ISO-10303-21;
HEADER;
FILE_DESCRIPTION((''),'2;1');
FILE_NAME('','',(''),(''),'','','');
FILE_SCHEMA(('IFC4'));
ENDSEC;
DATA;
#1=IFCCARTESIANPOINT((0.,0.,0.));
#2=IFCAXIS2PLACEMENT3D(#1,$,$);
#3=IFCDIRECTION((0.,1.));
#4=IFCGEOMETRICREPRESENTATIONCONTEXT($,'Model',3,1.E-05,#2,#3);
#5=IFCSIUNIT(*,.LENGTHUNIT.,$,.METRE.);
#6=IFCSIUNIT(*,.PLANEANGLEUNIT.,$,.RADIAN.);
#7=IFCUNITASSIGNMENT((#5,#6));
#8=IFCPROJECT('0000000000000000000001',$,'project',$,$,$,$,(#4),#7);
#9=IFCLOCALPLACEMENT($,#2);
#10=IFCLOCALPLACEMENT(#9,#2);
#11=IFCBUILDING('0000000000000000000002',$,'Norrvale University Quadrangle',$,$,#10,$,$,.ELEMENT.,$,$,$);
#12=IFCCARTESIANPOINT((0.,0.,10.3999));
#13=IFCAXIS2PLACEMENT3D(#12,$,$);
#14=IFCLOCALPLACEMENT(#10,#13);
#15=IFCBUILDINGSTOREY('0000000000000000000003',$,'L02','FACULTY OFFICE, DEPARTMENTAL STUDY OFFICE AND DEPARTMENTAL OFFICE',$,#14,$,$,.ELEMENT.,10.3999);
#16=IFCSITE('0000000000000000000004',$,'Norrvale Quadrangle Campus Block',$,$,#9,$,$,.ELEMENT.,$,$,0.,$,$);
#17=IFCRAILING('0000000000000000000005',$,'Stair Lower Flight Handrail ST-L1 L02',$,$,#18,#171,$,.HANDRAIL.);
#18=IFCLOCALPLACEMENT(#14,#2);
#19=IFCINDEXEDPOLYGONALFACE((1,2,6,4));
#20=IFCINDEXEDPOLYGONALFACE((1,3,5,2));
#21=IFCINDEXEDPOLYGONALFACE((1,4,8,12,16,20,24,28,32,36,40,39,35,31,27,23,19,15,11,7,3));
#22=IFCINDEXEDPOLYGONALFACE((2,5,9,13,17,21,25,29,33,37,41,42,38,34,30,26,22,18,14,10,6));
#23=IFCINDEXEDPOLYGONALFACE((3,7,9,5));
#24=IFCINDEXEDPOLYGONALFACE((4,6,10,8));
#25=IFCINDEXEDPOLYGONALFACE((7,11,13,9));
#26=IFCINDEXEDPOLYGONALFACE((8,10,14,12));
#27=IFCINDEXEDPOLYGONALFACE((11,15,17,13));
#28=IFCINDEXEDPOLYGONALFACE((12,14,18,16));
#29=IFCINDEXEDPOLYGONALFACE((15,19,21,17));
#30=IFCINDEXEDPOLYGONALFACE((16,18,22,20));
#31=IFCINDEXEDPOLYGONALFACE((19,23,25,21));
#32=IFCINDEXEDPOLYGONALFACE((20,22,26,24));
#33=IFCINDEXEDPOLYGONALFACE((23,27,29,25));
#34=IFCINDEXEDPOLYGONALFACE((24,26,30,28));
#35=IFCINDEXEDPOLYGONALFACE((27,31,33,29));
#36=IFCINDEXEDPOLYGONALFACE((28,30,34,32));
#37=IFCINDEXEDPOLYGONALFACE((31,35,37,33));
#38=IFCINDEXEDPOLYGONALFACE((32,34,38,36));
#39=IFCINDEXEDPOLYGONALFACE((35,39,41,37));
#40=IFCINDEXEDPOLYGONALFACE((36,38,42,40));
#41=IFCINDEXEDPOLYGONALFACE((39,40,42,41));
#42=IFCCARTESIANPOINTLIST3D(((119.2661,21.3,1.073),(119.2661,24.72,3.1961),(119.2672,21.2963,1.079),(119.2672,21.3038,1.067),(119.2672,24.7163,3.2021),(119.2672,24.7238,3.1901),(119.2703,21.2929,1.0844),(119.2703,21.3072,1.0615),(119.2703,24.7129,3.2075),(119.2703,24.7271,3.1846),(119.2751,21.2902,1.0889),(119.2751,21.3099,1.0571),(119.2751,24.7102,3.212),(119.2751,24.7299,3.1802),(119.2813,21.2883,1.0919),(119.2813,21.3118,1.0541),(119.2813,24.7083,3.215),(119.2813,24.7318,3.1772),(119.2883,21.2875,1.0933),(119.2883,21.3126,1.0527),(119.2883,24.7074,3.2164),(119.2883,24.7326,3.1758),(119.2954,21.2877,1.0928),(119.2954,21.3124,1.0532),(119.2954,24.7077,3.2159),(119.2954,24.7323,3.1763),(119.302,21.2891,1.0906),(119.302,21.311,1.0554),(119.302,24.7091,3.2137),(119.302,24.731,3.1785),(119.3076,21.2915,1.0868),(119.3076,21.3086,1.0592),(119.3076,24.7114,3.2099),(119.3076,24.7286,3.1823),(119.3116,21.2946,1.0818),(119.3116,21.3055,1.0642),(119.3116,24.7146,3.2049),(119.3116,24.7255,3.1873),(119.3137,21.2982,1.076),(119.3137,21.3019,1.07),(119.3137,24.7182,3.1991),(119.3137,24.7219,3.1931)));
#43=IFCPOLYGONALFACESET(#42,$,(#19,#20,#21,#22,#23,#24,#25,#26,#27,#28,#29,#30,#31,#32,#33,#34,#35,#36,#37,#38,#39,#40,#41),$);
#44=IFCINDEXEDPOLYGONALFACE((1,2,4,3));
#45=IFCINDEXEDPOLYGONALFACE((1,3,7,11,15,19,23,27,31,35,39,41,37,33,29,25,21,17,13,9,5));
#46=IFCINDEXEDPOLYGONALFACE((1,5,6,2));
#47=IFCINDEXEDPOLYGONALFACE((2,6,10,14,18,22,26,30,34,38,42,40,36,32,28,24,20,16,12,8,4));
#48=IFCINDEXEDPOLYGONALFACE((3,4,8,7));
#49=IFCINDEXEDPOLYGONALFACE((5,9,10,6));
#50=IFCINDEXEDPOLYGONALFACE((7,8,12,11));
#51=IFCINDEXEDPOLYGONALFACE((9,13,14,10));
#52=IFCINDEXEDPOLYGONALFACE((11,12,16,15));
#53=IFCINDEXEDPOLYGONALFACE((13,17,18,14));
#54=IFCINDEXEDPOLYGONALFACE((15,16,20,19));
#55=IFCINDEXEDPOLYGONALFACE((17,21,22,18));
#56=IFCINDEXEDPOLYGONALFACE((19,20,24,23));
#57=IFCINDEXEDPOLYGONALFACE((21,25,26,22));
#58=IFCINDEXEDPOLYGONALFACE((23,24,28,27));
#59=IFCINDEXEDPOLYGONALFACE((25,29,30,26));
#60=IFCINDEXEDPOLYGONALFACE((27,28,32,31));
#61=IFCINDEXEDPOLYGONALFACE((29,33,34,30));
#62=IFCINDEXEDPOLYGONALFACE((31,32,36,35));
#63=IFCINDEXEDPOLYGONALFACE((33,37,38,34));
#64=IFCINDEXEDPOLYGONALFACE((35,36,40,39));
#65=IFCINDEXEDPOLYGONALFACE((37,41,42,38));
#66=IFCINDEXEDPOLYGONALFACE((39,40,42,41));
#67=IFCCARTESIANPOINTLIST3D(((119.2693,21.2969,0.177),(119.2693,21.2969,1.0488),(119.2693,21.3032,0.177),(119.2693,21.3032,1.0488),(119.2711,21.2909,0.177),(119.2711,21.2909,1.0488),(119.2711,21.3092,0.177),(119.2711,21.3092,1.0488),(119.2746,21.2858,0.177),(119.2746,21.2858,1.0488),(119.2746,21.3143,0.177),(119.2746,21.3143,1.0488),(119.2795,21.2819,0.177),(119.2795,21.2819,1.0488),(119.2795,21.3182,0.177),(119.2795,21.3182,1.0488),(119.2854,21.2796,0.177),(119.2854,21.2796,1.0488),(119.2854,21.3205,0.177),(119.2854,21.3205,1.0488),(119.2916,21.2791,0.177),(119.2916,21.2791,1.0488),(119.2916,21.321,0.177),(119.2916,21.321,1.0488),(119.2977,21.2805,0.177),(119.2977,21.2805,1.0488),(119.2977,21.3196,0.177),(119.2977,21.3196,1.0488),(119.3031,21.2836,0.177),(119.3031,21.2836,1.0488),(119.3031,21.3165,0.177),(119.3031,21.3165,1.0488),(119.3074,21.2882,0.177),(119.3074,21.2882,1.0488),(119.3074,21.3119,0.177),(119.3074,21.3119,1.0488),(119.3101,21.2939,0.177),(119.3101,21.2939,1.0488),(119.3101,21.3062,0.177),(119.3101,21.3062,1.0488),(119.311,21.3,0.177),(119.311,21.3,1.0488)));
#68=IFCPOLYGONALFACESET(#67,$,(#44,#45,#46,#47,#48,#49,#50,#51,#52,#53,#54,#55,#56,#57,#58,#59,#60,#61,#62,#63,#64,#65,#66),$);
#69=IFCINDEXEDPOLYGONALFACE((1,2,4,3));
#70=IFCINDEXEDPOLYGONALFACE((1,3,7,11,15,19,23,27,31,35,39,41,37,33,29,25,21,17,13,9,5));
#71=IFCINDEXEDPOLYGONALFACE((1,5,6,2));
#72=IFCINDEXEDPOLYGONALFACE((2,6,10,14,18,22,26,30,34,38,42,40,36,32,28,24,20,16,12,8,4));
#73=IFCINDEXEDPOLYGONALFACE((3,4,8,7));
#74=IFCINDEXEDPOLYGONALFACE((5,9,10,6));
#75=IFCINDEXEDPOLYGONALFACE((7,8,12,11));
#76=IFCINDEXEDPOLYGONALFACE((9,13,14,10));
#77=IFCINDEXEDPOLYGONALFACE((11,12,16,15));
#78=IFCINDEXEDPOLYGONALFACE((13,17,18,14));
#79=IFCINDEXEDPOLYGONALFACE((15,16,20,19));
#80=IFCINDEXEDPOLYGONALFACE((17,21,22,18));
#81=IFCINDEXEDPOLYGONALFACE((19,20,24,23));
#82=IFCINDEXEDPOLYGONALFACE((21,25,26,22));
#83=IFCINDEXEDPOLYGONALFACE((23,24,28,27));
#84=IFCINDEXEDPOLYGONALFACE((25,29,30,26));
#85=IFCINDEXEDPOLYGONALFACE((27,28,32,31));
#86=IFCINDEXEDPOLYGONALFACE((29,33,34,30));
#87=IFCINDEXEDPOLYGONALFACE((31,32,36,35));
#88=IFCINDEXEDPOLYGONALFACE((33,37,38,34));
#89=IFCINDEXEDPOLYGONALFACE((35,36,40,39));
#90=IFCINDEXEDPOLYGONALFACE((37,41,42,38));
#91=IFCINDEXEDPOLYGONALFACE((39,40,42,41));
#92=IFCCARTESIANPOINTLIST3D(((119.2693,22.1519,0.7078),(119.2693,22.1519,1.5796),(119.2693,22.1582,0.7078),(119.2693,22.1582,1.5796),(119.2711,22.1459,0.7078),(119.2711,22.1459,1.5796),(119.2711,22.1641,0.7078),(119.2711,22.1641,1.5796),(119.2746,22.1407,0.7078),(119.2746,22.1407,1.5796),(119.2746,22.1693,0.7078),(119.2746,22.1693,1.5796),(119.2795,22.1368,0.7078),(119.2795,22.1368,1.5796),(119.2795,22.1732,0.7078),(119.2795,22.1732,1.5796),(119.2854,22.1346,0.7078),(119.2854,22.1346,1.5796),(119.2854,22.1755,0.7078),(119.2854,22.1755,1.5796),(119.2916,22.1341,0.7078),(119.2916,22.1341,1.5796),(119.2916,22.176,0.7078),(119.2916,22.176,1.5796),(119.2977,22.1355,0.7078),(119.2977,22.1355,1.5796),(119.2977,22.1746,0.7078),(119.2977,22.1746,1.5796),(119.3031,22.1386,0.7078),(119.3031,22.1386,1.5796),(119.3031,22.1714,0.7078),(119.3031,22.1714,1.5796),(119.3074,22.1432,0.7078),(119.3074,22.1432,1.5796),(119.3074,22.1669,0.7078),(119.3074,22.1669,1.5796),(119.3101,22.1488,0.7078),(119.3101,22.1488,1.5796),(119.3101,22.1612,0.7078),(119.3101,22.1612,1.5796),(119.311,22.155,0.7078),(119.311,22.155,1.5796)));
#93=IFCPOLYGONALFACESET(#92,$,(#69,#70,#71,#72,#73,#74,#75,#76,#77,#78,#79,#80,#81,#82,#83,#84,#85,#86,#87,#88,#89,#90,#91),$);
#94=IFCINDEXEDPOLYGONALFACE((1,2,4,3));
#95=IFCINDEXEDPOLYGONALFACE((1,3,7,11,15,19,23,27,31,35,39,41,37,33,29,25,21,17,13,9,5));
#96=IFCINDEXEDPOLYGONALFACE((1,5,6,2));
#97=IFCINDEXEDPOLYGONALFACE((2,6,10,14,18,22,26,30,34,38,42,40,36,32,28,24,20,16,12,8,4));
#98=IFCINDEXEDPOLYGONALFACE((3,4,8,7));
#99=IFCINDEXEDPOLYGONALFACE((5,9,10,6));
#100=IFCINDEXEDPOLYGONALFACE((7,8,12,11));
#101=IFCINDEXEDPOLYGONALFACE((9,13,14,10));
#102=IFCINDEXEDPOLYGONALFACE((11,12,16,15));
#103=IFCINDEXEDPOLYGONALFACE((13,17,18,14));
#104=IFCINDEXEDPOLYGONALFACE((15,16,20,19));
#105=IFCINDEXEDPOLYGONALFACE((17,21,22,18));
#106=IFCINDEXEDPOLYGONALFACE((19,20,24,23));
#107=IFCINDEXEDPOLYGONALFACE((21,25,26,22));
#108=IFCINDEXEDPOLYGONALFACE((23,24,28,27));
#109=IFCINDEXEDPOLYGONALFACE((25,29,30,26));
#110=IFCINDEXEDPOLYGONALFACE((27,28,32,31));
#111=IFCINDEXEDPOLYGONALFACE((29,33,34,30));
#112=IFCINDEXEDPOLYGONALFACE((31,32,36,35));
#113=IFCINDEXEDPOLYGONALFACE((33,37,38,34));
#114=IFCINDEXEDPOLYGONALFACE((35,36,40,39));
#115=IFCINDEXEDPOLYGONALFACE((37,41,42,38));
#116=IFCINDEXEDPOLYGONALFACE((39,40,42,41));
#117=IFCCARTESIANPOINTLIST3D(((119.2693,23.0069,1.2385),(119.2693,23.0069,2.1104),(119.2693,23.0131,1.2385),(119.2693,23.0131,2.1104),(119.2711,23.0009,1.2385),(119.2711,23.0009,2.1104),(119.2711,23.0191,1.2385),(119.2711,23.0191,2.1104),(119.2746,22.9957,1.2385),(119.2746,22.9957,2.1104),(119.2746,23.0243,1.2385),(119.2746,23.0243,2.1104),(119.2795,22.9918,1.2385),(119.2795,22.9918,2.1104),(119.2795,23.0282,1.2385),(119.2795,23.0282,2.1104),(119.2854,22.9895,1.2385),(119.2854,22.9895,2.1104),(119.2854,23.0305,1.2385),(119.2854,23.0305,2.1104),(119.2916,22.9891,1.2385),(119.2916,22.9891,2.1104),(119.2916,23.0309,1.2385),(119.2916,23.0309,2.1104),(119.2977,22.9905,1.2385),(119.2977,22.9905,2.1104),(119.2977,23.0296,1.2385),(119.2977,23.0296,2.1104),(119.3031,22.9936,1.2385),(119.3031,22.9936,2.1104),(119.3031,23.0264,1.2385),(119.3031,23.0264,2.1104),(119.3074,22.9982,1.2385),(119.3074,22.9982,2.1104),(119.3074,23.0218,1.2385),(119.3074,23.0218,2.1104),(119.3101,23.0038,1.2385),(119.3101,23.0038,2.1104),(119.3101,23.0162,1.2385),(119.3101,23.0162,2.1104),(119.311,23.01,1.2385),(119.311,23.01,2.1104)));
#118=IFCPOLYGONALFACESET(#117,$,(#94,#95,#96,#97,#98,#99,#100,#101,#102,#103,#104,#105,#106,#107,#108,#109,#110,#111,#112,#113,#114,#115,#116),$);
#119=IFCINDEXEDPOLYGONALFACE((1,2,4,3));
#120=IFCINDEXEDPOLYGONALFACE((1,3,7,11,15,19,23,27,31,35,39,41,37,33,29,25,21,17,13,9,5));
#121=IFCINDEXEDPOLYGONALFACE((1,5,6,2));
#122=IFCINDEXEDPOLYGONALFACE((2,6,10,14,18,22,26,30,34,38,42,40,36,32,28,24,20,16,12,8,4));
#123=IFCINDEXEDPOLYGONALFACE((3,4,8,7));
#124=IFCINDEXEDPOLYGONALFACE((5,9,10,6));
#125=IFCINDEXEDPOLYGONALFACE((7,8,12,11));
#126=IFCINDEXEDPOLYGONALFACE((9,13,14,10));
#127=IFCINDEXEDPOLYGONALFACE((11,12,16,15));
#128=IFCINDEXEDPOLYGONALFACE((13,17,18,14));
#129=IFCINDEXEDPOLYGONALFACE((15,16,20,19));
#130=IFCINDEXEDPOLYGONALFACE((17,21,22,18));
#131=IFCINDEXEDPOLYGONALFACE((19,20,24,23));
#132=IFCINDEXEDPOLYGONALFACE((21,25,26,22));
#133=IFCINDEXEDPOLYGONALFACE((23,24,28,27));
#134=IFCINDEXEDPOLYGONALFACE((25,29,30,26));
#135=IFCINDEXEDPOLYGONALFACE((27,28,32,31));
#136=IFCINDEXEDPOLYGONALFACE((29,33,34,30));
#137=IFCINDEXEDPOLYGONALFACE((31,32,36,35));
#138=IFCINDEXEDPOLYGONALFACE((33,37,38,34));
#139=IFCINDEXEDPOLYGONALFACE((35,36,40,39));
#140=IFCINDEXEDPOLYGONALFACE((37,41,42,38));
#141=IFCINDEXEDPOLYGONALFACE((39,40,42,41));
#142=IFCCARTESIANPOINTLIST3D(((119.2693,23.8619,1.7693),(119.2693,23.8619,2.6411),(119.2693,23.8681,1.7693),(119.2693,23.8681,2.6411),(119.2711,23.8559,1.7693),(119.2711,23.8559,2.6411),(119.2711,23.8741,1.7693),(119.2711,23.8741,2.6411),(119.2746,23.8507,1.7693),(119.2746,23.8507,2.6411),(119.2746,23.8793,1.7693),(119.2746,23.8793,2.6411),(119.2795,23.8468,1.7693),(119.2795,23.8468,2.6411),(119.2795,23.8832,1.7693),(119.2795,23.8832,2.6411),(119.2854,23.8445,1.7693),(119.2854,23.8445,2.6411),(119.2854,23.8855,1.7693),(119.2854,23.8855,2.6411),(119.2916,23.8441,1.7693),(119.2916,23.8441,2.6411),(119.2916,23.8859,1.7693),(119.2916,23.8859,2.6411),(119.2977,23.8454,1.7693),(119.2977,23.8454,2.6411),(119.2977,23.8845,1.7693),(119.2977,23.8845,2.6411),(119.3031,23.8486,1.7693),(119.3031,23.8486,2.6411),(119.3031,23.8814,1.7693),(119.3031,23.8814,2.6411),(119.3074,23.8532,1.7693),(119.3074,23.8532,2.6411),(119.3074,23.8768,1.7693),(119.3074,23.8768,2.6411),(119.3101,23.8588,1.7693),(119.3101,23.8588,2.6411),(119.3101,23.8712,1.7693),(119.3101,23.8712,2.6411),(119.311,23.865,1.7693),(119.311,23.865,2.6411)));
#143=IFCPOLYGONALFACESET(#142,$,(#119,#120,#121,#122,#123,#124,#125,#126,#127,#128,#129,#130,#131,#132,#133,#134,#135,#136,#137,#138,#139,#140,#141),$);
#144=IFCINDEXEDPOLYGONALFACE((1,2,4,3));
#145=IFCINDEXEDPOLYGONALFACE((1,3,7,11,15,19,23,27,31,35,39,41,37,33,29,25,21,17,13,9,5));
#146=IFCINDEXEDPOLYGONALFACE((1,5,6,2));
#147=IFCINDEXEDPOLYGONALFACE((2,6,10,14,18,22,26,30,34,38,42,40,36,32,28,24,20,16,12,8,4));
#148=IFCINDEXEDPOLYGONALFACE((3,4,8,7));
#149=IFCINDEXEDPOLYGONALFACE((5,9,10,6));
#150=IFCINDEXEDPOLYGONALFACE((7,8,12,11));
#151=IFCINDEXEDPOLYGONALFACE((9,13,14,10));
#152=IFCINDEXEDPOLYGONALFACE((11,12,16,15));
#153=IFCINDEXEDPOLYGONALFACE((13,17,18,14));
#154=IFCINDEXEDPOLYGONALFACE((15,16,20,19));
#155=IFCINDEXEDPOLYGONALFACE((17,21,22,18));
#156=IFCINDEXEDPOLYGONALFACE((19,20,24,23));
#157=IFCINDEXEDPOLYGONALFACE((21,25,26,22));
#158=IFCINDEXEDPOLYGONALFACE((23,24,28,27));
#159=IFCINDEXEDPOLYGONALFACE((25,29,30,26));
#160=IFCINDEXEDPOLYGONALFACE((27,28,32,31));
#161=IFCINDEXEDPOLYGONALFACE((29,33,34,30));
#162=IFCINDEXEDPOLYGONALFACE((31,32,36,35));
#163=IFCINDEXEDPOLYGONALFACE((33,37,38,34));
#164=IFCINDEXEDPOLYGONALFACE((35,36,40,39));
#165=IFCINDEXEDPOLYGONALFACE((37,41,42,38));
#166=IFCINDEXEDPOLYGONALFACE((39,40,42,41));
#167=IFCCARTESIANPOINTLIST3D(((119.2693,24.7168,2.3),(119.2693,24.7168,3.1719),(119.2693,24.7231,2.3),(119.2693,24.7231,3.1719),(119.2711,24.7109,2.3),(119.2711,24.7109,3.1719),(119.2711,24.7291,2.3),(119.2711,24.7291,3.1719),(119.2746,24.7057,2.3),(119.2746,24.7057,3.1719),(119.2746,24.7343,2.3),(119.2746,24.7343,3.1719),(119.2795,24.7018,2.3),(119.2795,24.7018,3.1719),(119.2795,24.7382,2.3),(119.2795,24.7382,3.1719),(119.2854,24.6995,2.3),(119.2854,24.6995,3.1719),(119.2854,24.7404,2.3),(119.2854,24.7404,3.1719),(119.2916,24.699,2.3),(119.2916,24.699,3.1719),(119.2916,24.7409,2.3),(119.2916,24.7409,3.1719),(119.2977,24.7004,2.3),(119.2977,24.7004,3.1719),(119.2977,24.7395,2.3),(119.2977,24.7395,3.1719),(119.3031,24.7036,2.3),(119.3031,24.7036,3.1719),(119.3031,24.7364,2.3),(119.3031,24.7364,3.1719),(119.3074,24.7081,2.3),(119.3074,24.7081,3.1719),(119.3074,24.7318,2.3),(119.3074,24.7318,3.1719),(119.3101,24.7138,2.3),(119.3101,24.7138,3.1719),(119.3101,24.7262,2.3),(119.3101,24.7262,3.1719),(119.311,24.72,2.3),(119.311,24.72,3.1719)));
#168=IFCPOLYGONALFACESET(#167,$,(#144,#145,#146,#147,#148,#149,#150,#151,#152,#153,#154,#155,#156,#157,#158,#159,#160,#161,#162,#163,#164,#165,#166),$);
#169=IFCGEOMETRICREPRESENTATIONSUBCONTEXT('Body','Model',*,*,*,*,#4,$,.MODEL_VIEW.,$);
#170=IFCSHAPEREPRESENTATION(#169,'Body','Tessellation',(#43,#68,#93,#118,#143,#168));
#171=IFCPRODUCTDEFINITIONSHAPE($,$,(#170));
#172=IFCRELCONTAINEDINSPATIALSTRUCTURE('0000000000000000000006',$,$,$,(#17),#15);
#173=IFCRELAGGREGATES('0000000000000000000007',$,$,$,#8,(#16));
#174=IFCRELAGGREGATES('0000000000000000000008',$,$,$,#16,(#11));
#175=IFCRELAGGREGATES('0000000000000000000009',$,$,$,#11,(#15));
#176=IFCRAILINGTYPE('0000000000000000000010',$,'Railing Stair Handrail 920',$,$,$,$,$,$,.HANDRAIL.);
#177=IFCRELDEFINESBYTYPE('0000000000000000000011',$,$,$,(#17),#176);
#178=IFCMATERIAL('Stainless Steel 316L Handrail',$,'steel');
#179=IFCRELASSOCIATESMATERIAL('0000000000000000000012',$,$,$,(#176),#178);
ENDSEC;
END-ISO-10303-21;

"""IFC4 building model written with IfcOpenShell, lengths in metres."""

from ifc_helpers import new_model, si_unit, direction, frame, origin, origin_2d, place, context, subcontext, project, spatial, circle, extrude, material, type_object, element, save


model = new_model("IFC4")

# Units and contexts
model_context = context("Model", 3, precision=1e-05, world=origin(), true_north=direction((0.0, 1.0)))
body_context = subcontext(model_context, "Body", "Model", "MODEL_VIEW")
ifc_project = project(units=[si_unit("LENGTHUNIT", "METRE"), si_unit("PLANEANGLEUNIT", "RADIAN")], contexts=[model_context])

# Site, building, storey
site_placement = place(None, origin())
site = spatial("IfcSite", under=ifc_project, at=site_placement, Name="Norrvale Quadrangle Campus Block", CompositionType="ELEMENT", RefElevation=0.0)
building_placement = place(site_placement, origin())
building = spatial("IfcBuilding", under=site, at=building_placement, Name="Norrvale University Quadrangle", CompositionType="ELEMENT")
storey_placement = place(building_placement, frame((0.0, 0.0, 10.3999)))
storey = spatial("IfcBuildingStorey", under=building, at=storey_placement, Name="L02", Description="FACULTY OFFICE, DEPARTMENTAL STUDY OFFICE AND DEPARTMENTAL OFFICE", CompositionType="ELEMENT", Elevation=10.3999)

# Railing
ifc_material_1 = material(Name="Stainless Steel 316L Handrail", Category="steel")
railing_type_1 = type_object("IfcRailingType", Name="Railing Stair Handrail 920", PredefinedType="HANDRAIL", material=ifc_material_1)
railing_1_placement = place(storey_placement, frame((119.29, 21.3, 0.177)))
element("IfcRailing", 1, at=railing_1_placement, inside=storey, type_object=railing_type_1, Name="Stair Lower Flight Handrail ST-L1 L02", PredefinedType="HANDRAIL", context=body_context, shape_type="SweptSolid", body=[
    extrude(circle(Radius=0.0239, at=origin_2d()), frame((0.0, 0.0, 0.896), z_axis=(0.0, 0.849603, 0.527423), x_axis=(-1.0, 0.0, 0.0)), (0.0, 0.0, 1.0), 4.0254),
    extrude(circle(Radius=0.021, at=origin_2d()), origin(), (0.0, 0.0, 1.0), 0.8718),
    extrude(circle(Radius=0.021, at=origin_2d()), frame((0.0, 0.855, 0.5308)), (0.0, 0.0, 1.0), 0.8718),
    extrude(circle(Radius=0.021, at=origin_2d()), frame((0.0, 1.71, 1.0615)), (0.0, 0.0, 1.0), 0.8718),
    extrude(circle(Radius=0.021, at=origin_2d()), frame((0.0, 2.5649, 1.5923)), (0.0, 0.0, 1.0), 0.8718),
    extrude(circle(Radius=0.021, at=origin_2d()), frame((0.0, 3.4199, 2.123)), (0.0, 0.0, 1.0), 0.8718),
])

save(model, "model.ifc")
